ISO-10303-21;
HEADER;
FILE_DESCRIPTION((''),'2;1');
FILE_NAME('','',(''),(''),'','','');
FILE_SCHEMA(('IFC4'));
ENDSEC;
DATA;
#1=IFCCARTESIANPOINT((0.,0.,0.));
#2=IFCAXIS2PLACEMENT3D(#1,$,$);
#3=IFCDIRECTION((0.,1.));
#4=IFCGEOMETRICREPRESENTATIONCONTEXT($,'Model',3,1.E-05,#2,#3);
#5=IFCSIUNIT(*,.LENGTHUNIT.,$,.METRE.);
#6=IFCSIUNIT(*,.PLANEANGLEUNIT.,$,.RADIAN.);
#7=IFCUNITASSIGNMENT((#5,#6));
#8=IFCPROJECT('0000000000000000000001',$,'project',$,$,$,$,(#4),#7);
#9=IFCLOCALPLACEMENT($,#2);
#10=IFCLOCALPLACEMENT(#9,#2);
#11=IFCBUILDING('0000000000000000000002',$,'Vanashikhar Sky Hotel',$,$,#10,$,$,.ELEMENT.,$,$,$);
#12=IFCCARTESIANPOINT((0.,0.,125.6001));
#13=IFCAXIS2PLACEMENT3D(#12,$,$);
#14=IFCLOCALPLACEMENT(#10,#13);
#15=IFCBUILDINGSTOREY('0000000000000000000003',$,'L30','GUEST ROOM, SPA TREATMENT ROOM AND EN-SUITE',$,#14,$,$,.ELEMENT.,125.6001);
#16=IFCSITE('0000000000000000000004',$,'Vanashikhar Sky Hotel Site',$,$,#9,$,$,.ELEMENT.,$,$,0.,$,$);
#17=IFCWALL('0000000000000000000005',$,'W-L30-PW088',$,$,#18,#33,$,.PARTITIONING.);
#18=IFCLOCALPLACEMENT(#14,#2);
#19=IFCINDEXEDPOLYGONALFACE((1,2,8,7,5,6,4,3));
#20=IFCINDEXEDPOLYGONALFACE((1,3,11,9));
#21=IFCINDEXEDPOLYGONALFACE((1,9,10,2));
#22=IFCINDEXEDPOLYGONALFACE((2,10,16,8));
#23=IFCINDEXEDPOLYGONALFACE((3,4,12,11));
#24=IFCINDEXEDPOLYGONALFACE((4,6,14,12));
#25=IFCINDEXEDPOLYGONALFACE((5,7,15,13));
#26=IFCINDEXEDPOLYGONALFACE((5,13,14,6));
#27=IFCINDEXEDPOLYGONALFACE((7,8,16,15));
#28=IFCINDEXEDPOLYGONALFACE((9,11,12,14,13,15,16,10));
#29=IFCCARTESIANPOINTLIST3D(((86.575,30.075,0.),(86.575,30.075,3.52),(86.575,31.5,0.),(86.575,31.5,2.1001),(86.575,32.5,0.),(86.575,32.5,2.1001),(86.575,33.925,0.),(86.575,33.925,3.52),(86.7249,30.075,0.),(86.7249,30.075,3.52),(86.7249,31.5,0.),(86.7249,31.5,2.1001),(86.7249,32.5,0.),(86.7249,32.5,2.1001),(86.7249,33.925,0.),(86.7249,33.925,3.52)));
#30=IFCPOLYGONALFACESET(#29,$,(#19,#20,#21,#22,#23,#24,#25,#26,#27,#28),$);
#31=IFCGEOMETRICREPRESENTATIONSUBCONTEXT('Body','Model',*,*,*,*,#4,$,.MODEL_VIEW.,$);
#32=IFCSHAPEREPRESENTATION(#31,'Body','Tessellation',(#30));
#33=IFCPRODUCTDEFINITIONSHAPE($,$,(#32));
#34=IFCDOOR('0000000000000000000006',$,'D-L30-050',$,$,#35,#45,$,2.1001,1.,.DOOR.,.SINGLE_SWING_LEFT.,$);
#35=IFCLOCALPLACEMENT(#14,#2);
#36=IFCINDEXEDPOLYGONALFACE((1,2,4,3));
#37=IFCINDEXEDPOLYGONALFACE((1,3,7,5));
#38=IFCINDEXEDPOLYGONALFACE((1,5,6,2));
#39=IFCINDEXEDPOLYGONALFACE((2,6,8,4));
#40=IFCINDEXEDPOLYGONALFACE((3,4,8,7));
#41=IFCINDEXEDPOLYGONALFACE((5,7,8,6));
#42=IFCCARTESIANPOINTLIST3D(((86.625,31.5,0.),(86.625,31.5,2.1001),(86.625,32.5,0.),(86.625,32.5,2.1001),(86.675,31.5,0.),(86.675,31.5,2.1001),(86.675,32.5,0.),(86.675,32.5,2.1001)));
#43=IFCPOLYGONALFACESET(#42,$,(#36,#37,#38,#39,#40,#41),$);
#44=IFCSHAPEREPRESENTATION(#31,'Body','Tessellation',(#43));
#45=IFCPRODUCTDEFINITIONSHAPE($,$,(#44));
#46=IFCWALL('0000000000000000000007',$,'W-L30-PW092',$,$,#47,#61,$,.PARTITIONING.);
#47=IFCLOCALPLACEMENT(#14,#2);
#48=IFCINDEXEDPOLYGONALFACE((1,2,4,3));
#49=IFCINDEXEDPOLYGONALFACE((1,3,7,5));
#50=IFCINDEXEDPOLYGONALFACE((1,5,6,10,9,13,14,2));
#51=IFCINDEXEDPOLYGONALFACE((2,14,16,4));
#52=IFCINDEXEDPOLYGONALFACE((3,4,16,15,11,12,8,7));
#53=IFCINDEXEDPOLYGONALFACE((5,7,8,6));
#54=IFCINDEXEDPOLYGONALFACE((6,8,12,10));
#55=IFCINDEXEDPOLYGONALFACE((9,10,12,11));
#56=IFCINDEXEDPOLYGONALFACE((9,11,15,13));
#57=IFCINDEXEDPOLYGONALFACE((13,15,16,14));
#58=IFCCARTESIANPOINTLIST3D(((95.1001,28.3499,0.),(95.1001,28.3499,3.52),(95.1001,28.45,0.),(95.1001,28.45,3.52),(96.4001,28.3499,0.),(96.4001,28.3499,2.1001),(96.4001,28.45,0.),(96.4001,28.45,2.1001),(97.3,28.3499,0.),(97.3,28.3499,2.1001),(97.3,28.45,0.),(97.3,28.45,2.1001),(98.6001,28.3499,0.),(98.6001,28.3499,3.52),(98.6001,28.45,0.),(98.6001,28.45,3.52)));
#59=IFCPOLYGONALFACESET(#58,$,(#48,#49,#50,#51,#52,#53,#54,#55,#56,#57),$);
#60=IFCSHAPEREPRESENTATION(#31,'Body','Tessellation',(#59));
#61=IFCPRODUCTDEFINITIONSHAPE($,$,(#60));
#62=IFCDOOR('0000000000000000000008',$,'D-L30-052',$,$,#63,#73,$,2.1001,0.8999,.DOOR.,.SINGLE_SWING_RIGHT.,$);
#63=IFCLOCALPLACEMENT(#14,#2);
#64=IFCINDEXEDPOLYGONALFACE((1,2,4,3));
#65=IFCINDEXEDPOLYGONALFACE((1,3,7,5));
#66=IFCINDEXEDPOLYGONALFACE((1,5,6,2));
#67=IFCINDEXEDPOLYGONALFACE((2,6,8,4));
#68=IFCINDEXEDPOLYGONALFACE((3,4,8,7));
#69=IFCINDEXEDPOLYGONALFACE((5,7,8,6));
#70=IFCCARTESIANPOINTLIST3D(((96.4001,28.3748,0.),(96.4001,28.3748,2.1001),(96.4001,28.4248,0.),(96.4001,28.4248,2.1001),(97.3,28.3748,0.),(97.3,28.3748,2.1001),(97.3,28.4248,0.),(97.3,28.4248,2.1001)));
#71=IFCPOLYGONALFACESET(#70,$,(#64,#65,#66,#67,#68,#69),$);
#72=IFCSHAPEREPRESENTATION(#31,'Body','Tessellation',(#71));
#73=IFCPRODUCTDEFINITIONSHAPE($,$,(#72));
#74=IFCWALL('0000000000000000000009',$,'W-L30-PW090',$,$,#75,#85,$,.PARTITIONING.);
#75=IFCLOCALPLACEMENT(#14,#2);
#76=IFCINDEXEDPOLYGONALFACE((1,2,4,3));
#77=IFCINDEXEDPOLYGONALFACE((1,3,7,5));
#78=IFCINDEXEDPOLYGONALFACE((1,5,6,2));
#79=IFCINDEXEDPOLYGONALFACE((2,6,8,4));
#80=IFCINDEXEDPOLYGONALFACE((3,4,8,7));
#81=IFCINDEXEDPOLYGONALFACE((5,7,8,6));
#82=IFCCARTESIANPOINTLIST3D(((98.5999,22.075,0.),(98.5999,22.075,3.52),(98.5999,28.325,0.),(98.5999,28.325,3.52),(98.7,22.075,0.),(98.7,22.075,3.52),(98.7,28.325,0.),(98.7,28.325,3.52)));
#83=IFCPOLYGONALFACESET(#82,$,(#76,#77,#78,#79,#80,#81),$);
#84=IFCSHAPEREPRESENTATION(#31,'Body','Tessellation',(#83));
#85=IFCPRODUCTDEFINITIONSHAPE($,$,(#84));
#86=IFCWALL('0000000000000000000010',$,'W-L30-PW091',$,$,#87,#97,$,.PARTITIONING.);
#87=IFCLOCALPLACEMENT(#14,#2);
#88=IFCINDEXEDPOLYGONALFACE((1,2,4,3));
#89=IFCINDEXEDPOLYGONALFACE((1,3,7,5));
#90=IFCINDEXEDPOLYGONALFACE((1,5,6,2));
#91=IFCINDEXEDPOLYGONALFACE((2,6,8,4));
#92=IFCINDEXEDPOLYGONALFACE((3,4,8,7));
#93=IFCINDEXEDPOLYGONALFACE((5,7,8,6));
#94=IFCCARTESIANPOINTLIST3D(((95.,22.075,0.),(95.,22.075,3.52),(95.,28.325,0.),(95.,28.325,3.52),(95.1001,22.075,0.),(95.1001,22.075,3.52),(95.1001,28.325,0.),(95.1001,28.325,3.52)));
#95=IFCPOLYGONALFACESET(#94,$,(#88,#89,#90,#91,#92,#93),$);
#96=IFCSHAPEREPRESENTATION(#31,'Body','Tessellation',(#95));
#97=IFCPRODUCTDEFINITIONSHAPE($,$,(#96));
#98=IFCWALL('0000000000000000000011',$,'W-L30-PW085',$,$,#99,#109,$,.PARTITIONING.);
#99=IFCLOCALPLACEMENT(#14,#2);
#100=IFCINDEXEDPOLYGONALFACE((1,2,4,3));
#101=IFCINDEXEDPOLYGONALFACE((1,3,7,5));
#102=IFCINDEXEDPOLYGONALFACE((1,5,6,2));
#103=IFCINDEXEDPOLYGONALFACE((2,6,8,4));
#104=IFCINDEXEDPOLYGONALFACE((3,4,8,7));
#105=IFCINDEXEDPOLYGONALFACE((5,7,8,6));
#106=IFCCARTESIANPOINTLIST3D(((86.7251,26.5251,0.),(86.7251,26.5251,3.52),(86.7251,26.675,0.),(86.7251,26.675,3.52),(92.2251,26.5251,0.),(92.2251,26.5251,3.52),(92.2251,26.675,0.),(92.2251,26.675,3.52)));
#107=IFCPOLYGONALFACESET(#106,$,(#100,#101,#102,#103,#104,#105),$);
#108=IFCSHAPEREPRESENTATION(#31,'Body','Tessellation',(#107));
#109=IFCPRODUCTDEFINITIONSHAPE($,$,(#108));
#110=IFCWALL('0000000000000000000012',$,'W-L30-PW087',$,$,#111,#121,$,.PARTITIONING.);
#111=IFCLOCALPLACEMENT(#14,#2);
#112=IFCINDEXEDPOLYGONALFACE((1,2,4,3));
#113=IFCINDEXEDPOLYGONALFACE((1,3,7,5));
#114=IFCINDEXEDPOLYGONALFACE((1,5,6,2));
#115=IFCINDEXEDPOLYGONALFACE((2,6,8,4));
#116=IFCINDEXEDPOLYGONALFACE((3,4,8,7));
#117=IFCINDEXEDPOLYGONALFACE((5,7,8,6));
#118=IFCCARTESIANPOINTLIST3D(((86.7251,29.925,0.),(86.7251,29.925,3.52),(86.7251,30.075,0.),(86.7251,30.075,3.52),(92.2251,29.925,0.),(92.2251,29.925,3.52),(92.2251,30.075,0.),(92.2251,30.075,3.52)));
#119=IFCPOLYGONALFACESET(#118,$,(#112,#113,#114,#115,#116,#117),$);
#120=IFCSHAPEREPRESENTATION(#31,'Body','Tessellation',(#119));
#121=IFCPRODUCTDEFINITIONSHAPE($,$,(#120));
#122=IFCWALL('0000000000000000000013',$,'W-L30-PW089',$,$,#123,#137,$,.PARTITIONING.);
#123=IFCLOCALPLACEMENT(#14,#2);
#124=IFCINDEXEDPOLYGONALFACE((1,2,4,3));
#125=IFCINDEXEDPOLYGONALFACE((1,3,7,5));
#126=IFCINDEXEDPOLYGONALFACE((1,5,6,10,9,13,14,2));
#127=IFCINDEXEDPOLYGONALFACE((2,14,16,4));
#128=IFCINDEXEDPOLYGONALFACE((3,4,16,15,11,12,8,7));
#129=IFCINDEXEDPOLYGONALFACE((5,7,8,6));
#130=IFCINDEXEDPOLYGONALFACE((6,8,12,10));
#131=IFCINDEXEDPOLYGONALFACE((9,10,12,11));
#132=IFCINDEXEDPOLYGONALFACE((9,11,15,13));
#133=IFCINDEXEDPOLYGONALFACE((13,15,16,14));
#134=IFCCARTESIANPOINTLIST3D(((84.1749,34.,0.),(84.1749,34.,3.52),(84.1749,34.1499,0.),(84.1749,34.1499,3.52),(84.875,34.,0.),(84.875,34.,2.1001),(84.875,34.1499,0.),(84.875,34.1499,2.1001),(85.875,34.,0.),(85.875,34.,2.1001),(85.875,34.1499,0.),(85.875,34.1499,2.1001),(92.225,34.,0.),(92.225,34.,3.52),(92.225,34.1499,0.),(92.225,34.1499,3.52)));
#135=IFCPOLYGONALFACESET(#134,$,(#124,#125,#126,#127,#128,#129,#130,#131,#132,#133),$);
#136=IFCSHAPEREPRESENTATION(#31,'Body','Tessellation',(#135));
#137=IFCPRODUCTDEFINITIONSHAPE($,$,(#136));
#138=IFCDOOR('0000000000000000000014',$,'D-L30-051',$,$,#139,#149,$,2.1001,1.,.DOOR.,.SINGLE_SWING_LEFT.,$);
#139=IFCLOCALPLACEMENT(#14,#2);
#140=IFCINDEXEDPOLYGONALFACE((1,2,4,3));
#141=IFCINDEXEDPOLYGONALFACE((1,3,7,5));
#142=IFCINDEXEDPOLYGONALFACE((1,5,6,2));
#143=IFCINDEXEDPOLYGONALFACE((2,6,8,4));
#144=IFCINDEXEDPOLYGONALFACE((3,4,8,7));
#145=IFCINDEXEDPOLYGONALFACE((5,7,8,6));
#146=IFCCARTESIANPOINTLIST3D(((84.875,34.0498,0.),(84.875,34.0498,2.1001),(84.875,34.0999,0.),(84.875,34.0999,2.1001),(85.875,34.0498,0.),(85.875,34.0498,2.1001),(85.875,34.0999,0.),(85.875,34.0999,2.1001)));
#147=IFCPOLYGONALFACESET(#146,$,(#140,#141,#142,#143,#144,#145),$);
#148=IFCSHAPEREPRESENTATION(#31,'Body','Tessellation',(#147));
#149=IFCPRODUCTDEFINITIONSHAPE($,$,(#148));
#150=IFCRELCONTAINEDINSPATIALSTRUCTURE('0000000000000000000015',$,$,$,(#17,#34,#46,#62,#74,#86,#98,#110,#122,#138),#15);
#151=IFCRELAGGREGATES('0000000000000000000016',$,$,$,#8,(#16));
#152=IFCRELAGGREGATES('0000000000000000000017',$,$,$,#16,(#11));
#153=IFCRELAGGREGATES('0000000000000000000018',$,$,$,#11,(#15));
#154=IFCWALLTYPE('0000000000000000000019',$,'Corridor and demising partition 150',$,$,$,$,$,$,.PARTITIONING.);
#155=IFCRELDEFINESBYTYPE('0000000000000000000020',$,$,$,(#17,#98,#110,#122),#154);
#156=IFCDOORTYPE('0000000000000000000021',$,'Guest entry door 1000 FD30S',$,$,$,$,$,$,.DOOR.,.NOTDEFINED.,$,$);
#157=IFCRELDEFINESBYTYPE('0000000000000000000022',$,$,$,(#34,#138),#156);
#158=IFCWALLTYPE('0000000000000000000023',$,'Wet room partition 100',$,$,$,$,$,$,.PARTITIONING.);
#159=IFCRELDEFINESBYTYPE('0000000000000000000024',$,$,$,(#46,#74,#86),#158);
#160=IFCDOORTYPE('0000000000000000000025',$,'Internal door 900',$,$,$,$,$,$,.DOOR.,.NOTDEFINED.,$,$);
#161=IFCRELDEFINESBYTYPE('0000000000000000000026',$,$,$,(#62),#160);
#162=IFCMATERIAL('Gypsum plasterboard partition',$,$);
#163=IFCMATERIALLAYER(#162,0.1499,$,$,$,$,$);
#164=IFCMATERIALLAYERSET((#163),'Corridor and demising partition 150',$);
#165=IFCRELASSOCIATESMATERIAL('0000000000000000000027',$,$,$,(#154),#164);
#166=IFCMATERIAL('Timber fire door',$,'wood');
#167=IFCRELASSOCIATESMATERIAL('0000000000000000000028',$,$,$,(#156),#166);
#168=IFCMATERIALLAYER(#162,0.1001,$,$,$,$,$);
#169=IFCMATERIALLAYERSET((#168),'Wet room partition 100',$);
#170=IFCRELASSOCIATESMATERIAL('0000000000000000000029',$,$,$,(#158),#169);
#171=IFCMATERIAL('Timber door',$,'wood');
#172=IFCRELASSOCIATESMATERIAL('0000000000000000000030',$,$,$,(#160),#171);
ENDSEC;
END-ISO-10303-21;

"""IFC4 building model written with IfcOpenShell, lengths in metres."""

from ifc_helpers import new_model, si_unit, direction, frame, frame_2d, origin, place, context, subcontext, project, spatial, rectangle, extrude, source, transform, mapped, material, layer, layer_set, type_object, element, fill, save


model = new_model("IFC4")

# Units and contexts
model_context = context("Model", 3, precision=1e-05, world=origin(), true_north=direction((0.0, 1.0)))
body_context = subcontext(model_context, "Body", "Model", "MODEL_VIEW")
ifc_project = project(units=[si_unit("LENGTHUNIT", "METRE"), si_unit("PLANEANGLEUNIT", "RADIAN")], contexts=[model_context])

# Site, building, storey
site_placement = place(None, origin())
site = spatial("IfcSite", under=ifc_project, at=site_placement, Name="Vanashikhar Sky Hotel Site", CompositionType="ELEMENT", RefElevation=0.0)
building_placement = place(site_placement, origin())
building = spatial("IfcBuilding", under=site, at=building_placement, Name="Vanashikhar Sky Hotel", CompositionType="ELEMENT")
storey_placement = place(building_placement, frame((0.0, 0.0, 125.6001)))
storey = spatial("IfcBuildingStorey", under=building, at=storey_placement, Name="L30", Description="GUEST ROOM, SPA TREATMENT ROOM AND EN-SUITE", CompositionType="ELEMENT", Elevation=125.6001)

# Walls, openings, doors
ifc_material_1 = material(Name="Gypsum plasterboard partition")
ifc_layer_1 = layer(ifc_material_1, 0.1499)
ifc_layer_set_1 = layer_set([ifc_layer_1], Name="Corridor and demising partition 150")
wall_type_1 = type_object("IfcWallType", Name="Corridor and demising partition 150", PredefinedType="PARTITIONING", material=ifc_layer_set_1)
shared_shape_1 = source(origin(), body_context, "Body", "SweptSolid", [
    extrude(rectangle(XDim=1.0, YDim=2.1001, at=frame_2d((0.5, 1.05))), frame((0.0, 0.085, 0.0), z_axis=(0.0, -1.0, 0.0), x_axis=(1.0, 0.0, 0.0)), (0.0, 0.0, 1.0), 0.1699),
])
ifc_material_2 = material(Name="Timber fire door", Category="wood")
door_type_1 = type_object("IfcDoorType", Name="Guest entry door 1000 FD30S", OperationType="NOTDEFINED", PredefinedType="DOOR", material=ifc_material_2)
shared_shape_2 = source(origin(), body_context, "Body", "SweptSolid", [
    extrude(rectangle(XDim=1.0, YDim=2.1001, at=frame_2d((0.5, 1.05))), frame((0.0, 0.0249, 0.0), z_axis=(0.0, -1.0, 0.0), x_axis=(1.0, 0.0, 0.0)), (0.0, 0.0, 1.0), 0.05),
])
shared_shape_3 = source(origin(), body_context, "Body", "SweptSolid", [
    extrude(rectangle(XDim=3.8501, YDim=0.1499, at=frame_2d((1.925, 0.0))), origin(), (0.0, 0.0, 1.0), 3.52),
])
wall_1_placement = place(storey_placement, frame((86.6499, 30.075, 0.0), z_axis=(0.0, 0.0, 1.0), x_axis=(0.0, 1.0, 0.0)))
wall_1 = element("IfcWall", 1, at=wall_1_placement, inside=storey, type_object=wall_type_1, Name="W-L30-PW088", PredefinedType="PARTITIONING", context=body_context, shape_type="MappedRepresentation", body=[
    mapped(shared_shape_3, transform((0.0, 0.0, 0.0), scale=1.0)),
])
opening_1_placement = place(wall_1_placement, frame((1.425, 0.0, 0.0)))
opening_1 = element("IfcOpeningElement", 2, at=opening_1_placement, cuts=wall_1, PredefinedType="OPENING", context=body_context, shape_type="MappedRepresentation", body=[
    mapped(shared_shape_1, transform((0.0, 0.0, 0.0), scale=1.0)),
])
door_1_placement = place(opening_1_placement, origin())
door_1 = element("IfcDoor", 3, at=door_1_placement, inside=storey, type_object=door_type_1, Name="D-L30-050", OperationType="SINGLE_SWING_LEFT", OverallHeight=2.1001, OverallWidth=1.0, PredefinedType="DOOR", context=body_context, shape_type="MappedRepresentation", body=[
    mapped(shared_shape_2, transform((0.0, 0.0, 0.0), scale=1.0)),
])
fill(opening_1, door_1)
ifc_layer_2 = layer(ifc_material_1, 0.1001)
ifc_layer_set_2 = layer_set([ifc_layer_2], Name="Wet room partition 100")
wall_type_2 = type_object("IfcWallType", Name="Wet room partition 100", PredefinedType="PARTITIONING", material=ifc_layer_set_2)
shared_shape_4 = source(origin(), body_context, "Body", "SweptSolid", [
    extrude(rectangle(XDim=3.5, YDim=0.1001, at=frame_2d((1.75, 0.0))), origin(), (0.0, 0.0, 1.0), 3.52),
])
wall_2_placement = place(storey_placement, frame((95.1001, 28.3999, 0.0), z_axis=(0.0, 0.0, 1.0), x_axis=(1.0, 0.0, 0.0)))
wall_2 = element("IfcWall", 4, at=wall_2_placement, inside=storey, type_object=wall_type_2, Name="W-L30-PW092", PredefinedType="PARTITIONING", context=body_context, shape_type="MappedRepresentation", body=[
    mapped(shared_shape_4, transform((0.0, 0.0, 0.0), scale=1.0)),
])
shared_shape_5 = source(origin(), body_context, "Body", "SweptSolid", [
    extrude(rectangle(XDim=0.8999, YDim=2.1001, at=frame_2d((0.45, 1.05))), frame((0.0, 0.0601, 0.0), z_axis=(0.0, -1.0, 0.0), x_axis=(1.0, 0.0, 0.0)), (0.0, 0.0, 1.0), 0.1201),
])
opening_2_placement = place(wall_2_placement, frame((1.3, 0.0, 0.0)))
opening_2 = element("IfcOpeningElement", 5, at=opening_2_placement, cuts=wall_2, PredefinedType="OPENING", context=body_context, shape_type="MappedRepresentation", body=[
    mapped(shared_shape_5, transform((0.0, 0.0, 0.0), scale=1.0)),
])
ifc_material_3 = material(Name="Timber door", Category="wood")
door_type_2 = type_object("IfcDoorType", Name="Internal door 900", OperationType="NOTDEFINED", PredefinedType="DOOR", material=ifc_material_3)
shared_shape_6 = source(origin(), body_context, "Body", "SweptSolid", [
    extrude(rectangle(XDim=0.8999, YDim=2.1001, at=frame_2d((0.45, 1.05))), frame((0.0, 0.0249, 0.0), z_axis=(0.0, -1.0, 0.0), x_axis=(1.0, 0.0, 0.0)), (0.0, 0.0, 1.0), 0.05),
])
door_2_placement = place(opening_2_placement, origin())
door_2 = element("IfcDoor", 6, at=door_2_placement, inside=storey, type_object=door_type_2, Name="D-L30-052", OperationType="SINGLE_SWING_RIGHT", OverallHeight=2.1001, OverallWidth=0.8999, PredefinedType="DOOR", context=body_context, shape_type="MappedRepresentation", body=[
    mapped(shared_shape_6, transform((0.0, 0.0, 0.0), scale=1.0)),
])
fill(opening_2, door_2)

# Walls
shared_shape_7 = source(origin(), body_context, "Body", "SweptSolid", [
    extrude(rectangle(XDim=6.25, YDim=0.1001, at=frame_2d((3.125, 0.0))), origin(), (0.0, 0.0, 1.0), 3.52),
])
for number, where, z_axis, x_axis, name in (
    (7, (98.6499, 22.075, 0.0), (0.0, 0.0, 1.0), (0.0, 1.0, 0.0), "W-L30-PW090"),
    (8, (95.05, 22.075, 0.0), (0.0, 0.0, 1.0), (0.0, 1.0, 0.0), "W-L30-PW091"),
):
    element("IfcWall", number, at=place(storey_placement, frame(where, z_axis=z_axis, x_axis=x_axis)), inside=storey, type_object=wall_type_2, Name=name, PredefinedType="PARTITIONING", context=body_context, shape_type="MappedRepresentation", body=[
        mapped(shared_shape_7, transform((0.0, 0.0, 0.0), scale=1.0)),
    ])
shared_shape_8 = source(origin(), body_context, "Body", "SweptSolid", [
    extrude(rectangle(XDim=5.5, YDim=0.1499, at=frame_2d((2.75, 0.0))), origin(), (0.0, 0.0, 1.0), 3.52),
])
for number, where, z_axis, x_axis, name in (
    (9, (86.7251, 26.6001, 0.0), (0.0, 0.0, 1.0), (1.0, 0.0, 0.0), "W-L30-PW085"),
    (10, (86.7251, 30.0, 0.0), (0.0, 0.0, 1.0), (1.0, 0.0, 0.0), "W-L30-PW087"),
):
    element("IfcWall", number, at=place(storey_placement, frame(where, z_axis=z_axis, x_axis=x_axis)), inside=storey, type_object=wall_type_1, Name=name, PredefinedType="PARTITIONING", context=body_context, shape_type="MappedRepresentation", body=[
        mapped(shared_shape_8, transform((0.0, 0.0, 0.0), scale=1.0)),
    ])

# Wall, opening, door
shared_shape_9 = source(origin(), body_context, "Body", "SweptSolid", [
    extrude(rectangle(XDim=8.05, YDim=0.1499, at=frame_2d((4.0249, 0.0))), origin(), (0.0, 0.0, 1.0), 3.52),
])
wall_3_placement = place(storey_placement, frame((84.175, 34.075, 0.0), z_axis=(0.0, 0.0, 1.0), x_axis=(1.0, 0.0, 0.0)))
wall_3 = element("IfcWall", 11, at=wall_3_placement, inside=storey, type_object=wall_type_1, Name="W-L30-PW089", PredefinedType="PARTITIONING", context=body_context, shape_type="MappedRepresentation", body=[
    mapped(shared_shape_9, transform((0.0, 0.0, 0.0), scale=1.0)),
])
opening_3_placement = place(wall_3_placement, frame((0.7, 0.0, 0.0)))
opening_3 = element("IfcOpeningElement", 12, at=opening_3_placement, cuts=wall_3, PredefinedType="OPENING", context=body_context, shape_type="MappedRepresentation", body=[
    mapped(shared_shape_1, transform((0.0, 0.0, 0.0), scale=1.0)),
])
door_3_placement = place(opening_3_placement, origin())
door_3 = element("IfcDoor", 13, at=door_3_placement, inside=storey, type_object=door_type_1, Name="D-L30-051", OperationType="SINGLE_SWING_LEFT", OverallHeight=2.1001, OverallWidth=1.0, PredefinedType="DOOR", context=body_context, shape_type="MappedRepresentation", body=[
    mapped(shared_shape_2, transform((0.0, 0.0, 0.0), scale=1.0)),
])
fill(opening_3, door_3)

save(model, "model.ifc")
